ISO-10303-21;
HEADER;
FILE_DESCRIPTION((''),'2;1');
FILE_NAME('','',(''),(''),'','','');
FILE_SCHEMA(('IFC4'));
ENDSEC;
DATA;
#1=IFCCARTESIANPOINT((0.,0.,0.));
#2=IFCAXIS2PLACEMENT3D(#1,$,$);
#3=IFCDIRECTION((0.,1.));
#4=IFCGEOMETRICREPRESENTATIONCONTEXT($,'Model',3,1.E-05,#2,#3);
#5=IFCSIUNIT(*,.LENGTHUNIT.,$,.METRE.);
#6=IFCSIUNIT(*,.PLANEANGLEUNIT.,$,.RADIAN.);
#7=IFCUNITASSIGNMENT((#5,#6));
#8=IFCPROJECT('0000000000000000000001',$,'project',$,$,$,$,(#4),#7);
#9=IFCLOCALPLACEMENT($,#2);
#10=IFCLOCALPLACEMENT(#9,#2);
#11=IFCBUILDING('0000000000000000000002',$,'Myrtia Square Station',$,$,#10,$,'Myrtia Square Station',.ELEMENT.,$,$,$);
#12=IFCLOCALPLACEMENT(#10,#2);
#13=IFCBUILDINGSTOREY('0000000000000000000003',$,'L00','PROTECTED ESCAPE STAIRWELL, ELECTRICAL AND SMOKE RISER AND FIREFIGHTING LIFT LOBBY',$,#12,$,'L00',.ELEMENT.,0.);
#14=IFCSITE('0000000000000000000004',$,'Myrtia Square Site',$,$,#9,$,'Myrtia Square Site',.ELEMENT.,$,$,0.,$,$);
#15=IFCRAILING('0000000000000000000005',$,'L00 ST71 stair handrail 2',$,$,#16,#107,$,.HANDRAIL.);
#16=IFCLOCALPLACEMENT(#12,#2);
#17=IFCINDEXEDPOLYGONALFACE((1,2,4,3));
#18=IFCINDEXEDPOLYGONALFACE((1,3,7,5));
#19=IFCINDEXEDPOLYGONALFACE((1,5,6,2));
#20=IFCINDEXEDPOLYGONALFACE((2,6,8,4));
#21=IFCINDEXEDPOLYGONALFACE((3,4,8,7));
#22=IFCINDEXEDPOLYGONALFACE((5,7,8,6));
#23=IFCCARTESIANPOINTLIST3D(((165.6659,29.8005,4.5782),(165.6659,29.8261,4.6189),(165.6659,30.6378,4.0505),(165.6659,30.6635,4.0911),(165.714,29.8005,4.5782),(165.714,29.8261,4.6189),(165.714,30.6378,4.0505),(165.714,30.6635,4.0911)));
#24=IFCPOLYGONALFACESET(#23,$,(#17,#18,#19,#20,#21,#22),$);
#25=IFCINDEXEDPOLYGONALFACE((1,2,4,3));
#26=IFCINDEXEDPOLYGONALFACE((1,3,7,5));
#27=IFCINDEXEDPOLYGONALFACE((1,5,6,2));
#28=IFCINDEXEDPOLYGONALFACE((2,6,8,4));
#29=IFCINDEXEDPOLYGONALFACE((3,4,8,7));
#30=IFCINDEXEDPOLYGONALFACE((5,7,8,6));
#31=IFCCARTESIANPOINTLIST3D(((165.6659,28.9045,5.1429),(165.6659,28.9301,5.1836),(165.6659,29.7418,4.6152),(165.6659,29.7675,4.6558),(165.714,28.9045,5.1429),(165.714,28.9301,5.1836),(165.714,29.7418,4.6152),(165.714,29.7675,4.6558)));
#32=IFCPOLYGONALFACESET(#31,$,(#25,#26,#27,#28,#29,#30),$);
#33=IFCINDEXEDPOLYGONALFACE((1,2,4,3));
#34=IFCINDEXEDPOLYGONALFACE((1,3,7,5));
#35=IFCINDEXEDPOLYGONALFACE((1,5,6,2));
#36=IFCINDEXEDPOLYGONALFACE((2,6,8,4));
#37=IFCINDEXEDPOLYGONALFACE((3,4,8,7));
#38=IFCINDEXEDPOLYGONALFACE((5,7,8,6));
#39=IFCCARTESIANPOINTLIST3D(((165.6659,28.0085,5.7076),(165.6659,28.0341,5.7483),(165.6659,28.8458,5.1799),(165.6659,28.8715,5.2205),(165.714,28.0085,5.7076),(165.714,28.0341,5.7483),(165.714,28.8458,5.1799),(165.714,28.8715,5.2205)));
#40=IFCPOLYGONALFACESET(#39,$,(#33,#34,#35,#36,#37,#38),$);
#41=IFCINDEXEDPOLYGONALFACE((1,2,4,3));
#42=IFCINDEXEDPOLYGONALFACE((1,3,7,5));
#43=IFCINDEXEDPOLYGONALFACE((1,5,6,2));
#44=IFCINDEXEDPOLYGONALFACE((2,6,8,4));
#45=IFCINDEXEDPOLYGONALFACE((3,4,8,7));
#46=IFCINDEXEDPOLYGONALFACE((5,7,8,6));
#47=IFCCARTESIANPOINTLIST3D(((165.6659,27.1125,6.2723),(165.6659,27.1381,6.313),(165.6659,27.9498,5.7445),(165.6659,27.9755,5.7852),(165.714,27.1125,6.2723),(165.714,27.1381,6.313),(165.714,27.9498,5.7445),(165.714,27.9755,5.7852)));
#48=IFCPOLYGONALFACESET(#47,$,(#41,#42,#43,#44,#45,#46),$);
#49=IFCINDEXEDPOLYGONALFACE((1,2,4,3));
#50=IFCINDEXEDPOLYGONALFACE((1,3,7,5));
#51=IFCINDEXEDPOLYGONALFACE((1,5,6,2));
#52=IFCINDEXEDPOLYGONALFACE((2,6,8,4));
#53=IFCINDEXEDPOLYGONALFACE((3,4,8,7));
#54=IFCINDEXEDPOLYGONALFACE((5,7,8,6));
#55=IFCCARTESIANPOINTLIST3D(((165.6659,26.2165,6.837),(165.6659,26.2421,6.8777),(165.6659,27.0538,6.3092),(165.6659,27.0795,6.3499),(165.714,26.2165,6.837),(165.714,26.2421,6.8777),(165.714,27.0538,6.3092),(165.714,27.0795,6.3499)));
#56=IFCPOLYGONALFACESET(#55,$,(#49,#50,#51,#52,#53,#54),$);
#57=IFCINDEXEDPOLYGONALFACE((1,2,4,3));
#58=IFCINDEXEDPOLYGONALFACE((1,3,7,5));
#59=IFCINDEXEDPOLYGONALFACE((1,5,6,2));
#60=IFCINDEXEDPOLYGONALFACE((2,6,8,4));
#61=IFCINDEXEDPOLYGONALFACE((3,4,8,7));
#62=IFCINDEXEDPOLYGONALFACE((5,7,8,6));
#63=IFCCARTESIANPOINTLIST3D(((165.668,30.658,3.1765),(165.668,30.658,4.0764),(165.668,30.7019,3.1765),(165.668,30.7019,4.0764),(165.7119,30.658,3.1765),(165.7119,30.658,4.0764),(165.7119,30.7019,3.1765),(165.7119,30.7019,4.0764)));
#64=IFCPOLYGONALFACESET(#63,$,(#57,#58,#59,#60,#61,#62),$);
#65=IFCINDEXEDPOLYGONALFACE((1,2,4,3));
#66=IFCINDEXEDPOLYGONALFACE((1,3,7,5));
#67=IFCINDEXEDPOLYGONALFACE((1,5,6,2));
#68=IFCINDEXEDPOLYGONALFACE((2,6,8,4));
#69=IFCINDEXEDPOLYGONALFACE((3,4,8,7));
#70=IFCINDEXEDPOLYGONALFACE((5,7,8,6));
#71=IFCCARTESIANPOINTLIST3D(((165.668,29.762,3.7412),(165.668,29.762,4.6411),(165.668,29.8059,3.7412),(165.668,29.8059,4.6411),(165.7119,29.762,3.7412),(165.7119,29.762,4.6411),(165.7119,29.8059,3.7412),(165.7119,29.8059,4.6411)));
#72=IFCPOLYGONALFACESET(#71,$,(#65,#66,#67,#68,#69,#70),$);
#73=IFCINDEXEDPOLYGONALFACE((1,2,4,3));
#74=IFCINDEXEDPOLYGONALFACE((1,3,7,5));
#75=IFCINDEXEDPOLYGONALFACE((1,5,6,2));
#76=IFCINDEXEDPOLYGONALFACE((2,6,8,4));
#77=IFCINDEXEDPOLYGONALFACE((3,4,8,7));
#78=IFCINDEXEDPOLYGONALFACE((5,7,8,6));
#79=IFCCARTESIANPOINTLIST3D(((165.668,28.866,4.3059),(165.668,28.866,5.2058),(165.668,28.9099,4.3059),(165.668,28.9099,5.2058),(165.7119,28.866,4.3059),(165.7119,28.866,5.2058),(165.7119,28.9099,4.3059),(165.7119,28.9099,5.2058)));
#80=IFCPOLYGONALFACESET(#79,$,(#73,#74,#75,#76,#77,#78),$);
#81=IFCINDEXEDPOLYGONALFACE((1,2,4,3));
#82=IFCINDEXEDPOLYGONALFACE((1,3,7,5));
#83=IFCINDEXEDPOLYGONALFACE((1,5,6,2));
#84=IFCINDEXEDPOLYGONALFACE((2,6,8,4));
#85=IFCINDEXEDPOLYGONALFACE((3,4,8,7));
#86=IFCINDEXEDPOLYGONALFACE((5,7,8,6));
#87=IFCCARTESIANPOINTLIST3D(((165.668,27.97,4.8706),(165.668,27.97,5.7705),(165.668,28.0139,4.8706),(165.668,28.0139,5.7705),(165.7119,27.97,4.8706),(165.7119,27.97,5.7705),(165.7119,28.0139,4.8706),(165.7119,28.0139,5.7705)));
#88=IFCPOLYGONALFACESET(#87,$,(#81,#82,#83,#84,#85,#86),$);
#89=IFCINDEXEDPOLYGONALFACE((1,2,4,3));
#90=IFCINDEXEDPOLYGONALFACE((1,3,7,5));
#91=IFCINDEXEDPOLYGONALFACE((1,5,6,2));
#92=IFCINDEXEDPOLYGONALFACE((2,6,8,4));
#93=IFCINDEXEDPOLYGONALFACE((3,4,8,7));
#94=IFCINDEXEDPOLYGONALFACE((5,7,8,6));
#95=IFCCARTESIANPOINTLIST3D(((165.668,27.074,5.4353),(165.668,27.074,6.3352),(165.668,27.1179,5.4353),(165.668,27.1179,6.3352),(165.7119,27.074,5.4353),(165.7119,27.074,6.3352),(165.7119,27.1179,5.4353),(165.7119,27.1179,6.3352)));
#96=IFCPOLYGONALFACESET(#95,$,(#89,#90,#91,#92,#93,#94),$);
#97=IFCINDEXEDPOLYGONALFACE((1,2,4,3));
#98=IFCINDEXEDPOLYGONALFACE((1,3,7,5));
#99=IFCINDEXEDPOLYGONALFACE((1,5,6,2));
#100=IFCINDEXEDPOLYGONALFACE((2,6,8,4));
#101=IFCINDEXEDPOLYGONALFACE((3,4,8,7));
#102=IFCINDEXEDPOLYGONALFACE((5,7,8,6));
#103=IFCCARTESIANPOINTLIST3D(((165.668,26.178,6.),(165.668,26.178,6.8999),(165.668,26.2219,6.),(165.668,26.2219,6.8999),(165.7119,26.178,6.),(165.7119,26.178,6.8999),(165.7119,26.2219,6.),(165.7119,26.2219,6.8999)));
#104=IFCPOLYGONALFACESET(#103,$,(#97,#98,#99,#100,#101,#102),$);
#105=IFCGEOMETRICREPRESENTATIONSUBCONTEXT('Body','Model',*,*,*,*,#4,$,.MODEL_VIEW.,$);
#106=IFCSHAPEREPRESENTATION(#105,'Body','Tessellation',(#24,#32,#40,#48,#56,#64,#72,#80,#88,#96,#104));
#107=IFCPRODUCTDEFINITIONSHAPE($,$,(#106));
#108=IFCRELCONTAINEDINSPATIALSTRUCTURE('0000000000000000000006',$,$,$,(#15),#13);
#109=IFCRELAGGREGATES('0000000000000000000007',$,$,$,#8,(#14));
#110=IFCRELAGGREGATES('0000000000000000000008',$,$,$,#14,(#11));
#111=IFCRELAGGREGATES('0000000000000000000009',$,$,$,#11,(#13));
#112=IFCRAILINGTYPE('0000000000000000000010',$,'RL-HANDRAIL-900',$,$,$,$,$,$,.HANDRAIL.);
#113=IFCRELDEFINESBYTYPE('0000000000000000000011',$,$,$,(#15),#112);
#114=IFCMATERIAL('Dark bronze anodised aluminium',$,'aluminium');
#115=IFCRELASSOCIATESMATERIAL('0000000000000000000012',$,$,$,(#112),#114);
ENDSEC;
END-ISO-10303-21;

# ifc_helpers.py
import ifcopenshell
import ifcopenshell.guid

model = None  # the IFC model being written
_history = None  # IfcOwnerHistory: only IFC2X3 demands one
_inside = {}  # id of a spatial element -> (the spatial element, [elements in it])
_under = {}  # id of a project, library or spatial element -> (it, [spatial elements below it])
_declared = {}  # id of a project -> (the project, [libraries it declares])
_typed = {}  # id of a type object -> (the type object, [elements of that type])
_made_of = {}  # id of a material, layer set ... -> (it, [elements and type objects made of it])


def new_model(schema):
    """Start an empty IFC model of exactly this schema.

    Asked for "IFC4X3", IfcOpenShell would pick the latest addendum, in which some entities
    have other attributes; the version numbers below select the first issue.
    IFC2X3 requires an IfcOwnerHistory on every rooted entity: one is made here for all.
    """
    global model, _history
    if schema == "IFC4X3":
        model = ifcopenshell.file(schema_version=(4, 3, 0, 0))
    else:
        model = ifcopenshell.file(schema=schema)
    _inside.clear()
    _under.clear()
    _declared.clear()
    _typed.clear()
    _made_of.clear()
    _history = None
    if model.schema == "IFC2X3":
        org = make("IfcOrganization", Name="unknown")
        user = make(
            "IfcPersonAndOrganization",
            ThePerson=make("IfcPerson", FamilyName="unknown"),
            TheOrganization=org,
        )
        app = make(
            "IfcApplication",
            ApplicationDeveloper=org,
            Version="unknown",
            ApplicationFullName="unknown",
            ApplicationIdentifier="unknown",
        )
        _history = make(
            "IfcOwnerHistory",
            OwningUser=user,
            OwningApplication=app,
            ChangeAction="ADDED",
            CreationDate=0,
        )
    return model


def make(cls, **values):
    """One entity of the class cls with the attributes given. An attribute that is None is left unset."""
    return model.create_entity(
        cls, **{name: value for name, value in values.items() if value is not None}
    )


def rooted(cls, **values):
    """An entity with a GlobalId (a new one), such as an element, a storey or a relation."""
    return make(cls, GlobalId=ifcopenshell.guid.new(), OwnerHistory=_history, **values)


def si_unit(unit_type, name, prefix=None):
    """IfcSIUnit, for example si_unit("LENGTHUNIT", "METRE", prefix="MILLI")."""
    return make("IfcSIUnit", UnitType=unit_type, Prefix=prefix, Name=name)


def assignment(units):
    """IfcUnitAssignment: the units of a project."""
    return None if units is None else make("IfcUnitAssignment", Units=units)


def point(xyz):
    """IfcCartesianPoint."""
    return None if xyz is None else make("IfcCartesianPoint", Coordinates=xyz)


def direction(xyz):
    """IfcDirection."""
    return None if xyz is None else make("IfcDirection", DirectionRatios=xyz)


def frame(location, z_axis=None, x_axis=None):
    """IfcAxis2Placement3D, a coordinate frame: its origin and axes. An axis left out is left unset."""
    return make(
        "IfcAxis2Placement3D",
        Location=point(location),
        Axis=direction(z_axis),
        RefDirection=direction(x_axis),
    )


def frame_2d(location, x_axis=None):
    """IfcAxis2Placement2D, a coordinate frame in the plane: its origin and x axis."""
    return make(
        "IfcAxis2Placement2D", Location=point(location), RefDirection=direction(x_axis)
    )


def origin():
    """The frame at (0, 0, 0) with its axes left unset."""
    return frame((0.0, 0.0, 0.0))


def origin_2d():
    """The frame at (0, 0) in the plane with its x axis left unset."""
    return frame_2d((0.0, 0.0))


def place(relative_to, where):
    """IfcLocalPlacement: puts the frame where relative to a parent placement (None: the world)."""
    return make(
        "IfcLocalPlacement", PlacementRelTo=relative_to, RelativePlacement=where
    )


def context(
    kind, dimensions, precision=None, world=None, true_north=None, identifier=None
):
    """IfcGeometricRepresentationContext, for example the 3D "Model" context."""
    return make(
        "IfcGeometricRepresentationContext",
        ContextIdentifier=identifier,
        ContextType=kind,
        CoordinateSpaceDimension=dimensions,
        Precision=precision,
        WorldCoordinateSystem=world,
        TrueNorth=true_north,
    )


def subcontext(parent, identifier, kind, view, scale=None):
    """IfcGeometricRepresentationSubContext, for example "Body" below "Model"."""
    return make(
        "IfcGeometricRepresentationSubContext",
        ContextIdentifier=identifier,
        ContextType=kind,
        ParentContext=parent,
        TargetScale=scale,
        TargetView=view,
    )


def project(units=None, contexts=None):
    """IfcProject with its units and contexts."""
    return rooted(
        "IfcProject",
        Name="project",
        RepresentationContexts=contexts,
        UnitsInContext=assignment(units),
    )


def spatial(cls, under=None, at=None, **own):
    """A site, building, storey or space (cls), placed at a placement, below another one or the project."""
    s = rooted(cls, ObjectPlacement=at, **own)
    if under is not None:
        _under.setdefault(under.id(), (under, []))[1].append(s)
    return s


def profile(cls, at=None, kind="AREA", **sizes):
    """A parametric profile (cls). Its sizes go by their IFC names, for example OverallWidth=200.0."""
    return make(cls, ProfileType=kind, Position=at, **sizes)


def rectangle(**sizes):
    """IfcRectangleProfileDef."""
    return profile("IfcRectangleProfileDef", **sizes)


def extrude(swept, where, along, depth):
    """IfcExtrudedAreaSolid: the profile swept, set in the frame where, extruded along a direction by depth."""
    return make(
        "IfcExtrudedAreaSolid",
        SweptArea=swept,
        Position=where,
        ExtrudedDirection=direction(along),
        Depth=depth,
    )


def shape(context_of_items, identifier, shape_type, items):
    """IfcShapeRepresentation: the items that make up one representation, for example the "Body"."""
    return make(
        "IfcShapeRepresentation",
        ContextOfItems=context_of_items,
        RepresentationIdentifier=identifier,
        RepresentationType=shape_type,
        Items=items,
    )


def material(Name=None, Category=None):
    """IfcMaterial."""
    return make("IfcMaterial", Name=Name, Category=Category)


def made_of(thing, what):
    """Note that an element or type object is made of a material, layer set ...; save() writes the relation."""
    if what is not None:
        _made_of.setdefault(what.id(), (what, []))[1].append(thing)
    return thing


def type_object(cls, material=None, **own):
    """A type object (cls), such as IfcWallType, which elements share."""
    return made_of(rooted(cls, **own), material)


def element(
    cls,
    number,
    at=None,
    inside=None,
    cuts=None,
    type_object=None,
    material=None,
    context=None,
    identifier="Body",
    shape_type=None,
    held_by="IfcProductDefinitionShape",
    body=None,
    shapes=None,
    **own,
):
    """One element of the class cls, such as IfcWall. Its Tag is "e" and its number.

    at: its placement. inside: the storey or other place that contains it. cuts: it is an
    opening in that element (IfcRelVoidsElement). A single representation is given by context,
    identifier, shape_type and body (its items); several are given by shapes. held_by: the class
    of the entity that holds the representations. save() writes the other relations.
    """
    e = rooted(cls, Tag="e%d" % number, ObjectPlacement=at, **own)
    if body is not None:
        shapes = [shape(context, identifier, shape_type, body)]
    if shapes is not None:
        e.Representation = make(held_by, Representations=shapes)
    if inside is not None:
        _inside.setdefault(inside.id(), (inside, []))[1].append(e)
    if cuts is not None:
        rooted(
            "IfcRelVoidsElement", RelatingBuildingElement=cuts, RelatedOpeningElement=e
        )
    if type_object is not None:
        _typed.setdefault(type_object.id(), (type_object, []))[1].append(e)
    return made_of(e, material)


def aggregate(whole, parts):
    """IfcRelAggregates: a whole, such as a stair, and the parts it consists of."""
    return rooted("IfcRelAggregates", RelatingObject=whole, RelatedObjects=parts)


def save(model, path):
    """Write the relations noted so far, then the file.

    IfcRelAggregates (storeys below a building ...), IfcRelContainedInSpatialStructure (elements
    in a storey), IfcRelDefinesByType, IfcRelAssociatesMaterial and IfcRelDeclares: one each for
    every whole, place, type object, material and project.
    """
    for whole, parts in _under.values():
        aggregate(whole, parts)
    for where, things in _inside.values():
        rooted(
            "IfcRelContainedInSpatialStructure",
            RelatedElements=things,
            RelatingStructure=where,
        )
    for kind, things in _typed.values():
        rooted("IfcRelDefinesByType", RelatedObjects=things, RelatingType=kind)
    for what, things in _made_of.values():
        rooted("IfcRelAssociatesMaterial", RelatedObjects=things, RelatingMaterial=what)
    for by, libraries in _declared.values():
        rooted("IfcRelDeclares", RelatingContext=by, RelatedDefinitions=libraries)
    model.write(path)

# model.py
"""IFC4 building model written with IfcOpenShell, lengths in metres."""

from ifc_helpers import new_model, si_unit, direction, frame, origin, origin_2d, place, context, subcontext, project, spatial, rectangle, extrude, material, type_object, element, save


model = new_model("IFC4")

# Units and contexts
model_context = context("Model", 3, precision=1e-05, world=origin(), true_north=direction((0.0, 1.0)))
body_context = subcontext(model_context, "Body", "Model", "MODEL_VIEW")
ifc_project = project(units=[si_unit("LENGTHUNIT", "METRE"), si_unit("PLANEANGLEUNIT", "RADIAN")], contexts=[model_context])

# Site, building, storey
site_placement = place(None, origin())
site = spatial("IfcSite", under=ifc_project, at=site_placement, Name="Myrtia Square Site", LongName="Myrtia Square Site", CompositionType="ELEMENT", RefElevation=0.0)
building_placement = place(site_placement, origin())
building = spatial("IfcBuilding", under=site, at=building_placement, Name="Myrtia Square Station", LongName="Myrtia Square Station", CompositionType="ELEMENT")
storey_placement = place(building_placement, origin())
storey = spatial("IfcBuildingStorey", under=building, at=storey_placement, Name="L00", Description="PROTECTED ESCAPE STAIRWELL, ELECTRICAL AND SMOKE RISER AND FIREFIGHTING LIFT LOBBY", LongName="L00", CompositionType="ELEMENT", Elevation=0.0)

# Shared definitions
ifc_material_1 = material(Name="Dark bronze anodised aluminium", Category="aluminium")

# Railing
railing_type_1 = type_object("IfcRailingType", Name="RL-HANDRAIL-900", PredefinedType="HANDRAIL", material=ifc_material_1)
railing_1_placement = place(storey_placement, frame((165.6899, 30.6799, 3.1765)))
element("IfcRailing", 1, at=railing_1_placement, inside=storey, type_object=railing_type_1, Name="L00 ST71 stair handrail 2", PredefinedType="HANDRAIL", context=body_context, shape_type="SweptSolid", body=[
    extrude(rectangle(XDim=0.0481, YDim=0.0481, at=origin_2d()), frame((0.0, -0.0293, 0.8943), z_axis=(0.0, -0.845998, 0.533186), x_axis=(1.0, 0.0, 0.0)), (0.0, 0.0, 1.0), 0.9897),
    extrude(rectangle(XDim=0.0481, YDim=0.0481, at=origin_2d()), frame((0.0, -0.9253, 1.459), z_axis=(0.0, -0.845998, 0.533186), x_axis=(1.0, 0.0, 0.0)), (0.0, 0.0, 1.0), 0.9897),
    extrude(rectangle(XDim=0.0481, YDim=0.0481, at=origin_2d()), frame((0.0, -1.8213, 2.0237), z_axis=(0.0, -0.845998, 0.533186), x_axis=(1.0, 0.0, 0.0)), (0.0, 0.0, 1.0), 0.9897),
    extrude(rectangle(XDim=0.0481, YDim=0.0481, at=origin_2d()), frame((0.0, -2.7173, 2.5884), z_axis=(0.0, -0.845998, 0.533186), x_axis=(1.0, 0.0, 0.0)), (0.0, 0.0, 1.0), 0.9897),
    extrude(rectangle(XDim=0.0481, YDim=0.0481, at=origin_2d()), frame((0.0, -3.6133, 3.1531), z_axis=(0.0, -0.845998, 0.533186), x_axis=(1.0, 0.0, 0.0)), (0.0, 0.0, 1.0), 0.9897),
    extrude(rectangle(XDim=0.0439, YDim=0.0439, at=origin_2d()), origin(), (0.0, 0.0, 1.0), 0.8999),
    extrude(rectangle(XDim=0.0439, YDim=0.0439, at=origin_2d()), frame((0.0, -0.896, 0.5647)), (0.0, 0.0, 1.0), 0.8999),
    extrude(rectangle(XDim=0.0439, YDim=0.0439, at=origin_2d()), frame((0.0, -1.792, 1.1294)), (0.0, 0.0, 1.0), 0.8999),
    extrude(rectangle(XDim=0.0439, YDim=0.0439, at=origin_2d()), frame((0.0, -2.688, 1.6941)), (0.0, 0.0, 1.0), 0.8999),
    extrude(rectangle(XDim=0.0439, YDim=0.0439, at=origin_2d()), frame((0.0, -3.584, 2.2588)), (0.0, 0.0, 1.0), 0.8999),
    extrude(rectangle(XDim=0.0439, YDim=0.0439, at=origin_2d()), frame((0.0, -4.48, 2.8235)), (0.0, 0.0, 1.0), 0.8999),
])

save(model, "model.ifc")
